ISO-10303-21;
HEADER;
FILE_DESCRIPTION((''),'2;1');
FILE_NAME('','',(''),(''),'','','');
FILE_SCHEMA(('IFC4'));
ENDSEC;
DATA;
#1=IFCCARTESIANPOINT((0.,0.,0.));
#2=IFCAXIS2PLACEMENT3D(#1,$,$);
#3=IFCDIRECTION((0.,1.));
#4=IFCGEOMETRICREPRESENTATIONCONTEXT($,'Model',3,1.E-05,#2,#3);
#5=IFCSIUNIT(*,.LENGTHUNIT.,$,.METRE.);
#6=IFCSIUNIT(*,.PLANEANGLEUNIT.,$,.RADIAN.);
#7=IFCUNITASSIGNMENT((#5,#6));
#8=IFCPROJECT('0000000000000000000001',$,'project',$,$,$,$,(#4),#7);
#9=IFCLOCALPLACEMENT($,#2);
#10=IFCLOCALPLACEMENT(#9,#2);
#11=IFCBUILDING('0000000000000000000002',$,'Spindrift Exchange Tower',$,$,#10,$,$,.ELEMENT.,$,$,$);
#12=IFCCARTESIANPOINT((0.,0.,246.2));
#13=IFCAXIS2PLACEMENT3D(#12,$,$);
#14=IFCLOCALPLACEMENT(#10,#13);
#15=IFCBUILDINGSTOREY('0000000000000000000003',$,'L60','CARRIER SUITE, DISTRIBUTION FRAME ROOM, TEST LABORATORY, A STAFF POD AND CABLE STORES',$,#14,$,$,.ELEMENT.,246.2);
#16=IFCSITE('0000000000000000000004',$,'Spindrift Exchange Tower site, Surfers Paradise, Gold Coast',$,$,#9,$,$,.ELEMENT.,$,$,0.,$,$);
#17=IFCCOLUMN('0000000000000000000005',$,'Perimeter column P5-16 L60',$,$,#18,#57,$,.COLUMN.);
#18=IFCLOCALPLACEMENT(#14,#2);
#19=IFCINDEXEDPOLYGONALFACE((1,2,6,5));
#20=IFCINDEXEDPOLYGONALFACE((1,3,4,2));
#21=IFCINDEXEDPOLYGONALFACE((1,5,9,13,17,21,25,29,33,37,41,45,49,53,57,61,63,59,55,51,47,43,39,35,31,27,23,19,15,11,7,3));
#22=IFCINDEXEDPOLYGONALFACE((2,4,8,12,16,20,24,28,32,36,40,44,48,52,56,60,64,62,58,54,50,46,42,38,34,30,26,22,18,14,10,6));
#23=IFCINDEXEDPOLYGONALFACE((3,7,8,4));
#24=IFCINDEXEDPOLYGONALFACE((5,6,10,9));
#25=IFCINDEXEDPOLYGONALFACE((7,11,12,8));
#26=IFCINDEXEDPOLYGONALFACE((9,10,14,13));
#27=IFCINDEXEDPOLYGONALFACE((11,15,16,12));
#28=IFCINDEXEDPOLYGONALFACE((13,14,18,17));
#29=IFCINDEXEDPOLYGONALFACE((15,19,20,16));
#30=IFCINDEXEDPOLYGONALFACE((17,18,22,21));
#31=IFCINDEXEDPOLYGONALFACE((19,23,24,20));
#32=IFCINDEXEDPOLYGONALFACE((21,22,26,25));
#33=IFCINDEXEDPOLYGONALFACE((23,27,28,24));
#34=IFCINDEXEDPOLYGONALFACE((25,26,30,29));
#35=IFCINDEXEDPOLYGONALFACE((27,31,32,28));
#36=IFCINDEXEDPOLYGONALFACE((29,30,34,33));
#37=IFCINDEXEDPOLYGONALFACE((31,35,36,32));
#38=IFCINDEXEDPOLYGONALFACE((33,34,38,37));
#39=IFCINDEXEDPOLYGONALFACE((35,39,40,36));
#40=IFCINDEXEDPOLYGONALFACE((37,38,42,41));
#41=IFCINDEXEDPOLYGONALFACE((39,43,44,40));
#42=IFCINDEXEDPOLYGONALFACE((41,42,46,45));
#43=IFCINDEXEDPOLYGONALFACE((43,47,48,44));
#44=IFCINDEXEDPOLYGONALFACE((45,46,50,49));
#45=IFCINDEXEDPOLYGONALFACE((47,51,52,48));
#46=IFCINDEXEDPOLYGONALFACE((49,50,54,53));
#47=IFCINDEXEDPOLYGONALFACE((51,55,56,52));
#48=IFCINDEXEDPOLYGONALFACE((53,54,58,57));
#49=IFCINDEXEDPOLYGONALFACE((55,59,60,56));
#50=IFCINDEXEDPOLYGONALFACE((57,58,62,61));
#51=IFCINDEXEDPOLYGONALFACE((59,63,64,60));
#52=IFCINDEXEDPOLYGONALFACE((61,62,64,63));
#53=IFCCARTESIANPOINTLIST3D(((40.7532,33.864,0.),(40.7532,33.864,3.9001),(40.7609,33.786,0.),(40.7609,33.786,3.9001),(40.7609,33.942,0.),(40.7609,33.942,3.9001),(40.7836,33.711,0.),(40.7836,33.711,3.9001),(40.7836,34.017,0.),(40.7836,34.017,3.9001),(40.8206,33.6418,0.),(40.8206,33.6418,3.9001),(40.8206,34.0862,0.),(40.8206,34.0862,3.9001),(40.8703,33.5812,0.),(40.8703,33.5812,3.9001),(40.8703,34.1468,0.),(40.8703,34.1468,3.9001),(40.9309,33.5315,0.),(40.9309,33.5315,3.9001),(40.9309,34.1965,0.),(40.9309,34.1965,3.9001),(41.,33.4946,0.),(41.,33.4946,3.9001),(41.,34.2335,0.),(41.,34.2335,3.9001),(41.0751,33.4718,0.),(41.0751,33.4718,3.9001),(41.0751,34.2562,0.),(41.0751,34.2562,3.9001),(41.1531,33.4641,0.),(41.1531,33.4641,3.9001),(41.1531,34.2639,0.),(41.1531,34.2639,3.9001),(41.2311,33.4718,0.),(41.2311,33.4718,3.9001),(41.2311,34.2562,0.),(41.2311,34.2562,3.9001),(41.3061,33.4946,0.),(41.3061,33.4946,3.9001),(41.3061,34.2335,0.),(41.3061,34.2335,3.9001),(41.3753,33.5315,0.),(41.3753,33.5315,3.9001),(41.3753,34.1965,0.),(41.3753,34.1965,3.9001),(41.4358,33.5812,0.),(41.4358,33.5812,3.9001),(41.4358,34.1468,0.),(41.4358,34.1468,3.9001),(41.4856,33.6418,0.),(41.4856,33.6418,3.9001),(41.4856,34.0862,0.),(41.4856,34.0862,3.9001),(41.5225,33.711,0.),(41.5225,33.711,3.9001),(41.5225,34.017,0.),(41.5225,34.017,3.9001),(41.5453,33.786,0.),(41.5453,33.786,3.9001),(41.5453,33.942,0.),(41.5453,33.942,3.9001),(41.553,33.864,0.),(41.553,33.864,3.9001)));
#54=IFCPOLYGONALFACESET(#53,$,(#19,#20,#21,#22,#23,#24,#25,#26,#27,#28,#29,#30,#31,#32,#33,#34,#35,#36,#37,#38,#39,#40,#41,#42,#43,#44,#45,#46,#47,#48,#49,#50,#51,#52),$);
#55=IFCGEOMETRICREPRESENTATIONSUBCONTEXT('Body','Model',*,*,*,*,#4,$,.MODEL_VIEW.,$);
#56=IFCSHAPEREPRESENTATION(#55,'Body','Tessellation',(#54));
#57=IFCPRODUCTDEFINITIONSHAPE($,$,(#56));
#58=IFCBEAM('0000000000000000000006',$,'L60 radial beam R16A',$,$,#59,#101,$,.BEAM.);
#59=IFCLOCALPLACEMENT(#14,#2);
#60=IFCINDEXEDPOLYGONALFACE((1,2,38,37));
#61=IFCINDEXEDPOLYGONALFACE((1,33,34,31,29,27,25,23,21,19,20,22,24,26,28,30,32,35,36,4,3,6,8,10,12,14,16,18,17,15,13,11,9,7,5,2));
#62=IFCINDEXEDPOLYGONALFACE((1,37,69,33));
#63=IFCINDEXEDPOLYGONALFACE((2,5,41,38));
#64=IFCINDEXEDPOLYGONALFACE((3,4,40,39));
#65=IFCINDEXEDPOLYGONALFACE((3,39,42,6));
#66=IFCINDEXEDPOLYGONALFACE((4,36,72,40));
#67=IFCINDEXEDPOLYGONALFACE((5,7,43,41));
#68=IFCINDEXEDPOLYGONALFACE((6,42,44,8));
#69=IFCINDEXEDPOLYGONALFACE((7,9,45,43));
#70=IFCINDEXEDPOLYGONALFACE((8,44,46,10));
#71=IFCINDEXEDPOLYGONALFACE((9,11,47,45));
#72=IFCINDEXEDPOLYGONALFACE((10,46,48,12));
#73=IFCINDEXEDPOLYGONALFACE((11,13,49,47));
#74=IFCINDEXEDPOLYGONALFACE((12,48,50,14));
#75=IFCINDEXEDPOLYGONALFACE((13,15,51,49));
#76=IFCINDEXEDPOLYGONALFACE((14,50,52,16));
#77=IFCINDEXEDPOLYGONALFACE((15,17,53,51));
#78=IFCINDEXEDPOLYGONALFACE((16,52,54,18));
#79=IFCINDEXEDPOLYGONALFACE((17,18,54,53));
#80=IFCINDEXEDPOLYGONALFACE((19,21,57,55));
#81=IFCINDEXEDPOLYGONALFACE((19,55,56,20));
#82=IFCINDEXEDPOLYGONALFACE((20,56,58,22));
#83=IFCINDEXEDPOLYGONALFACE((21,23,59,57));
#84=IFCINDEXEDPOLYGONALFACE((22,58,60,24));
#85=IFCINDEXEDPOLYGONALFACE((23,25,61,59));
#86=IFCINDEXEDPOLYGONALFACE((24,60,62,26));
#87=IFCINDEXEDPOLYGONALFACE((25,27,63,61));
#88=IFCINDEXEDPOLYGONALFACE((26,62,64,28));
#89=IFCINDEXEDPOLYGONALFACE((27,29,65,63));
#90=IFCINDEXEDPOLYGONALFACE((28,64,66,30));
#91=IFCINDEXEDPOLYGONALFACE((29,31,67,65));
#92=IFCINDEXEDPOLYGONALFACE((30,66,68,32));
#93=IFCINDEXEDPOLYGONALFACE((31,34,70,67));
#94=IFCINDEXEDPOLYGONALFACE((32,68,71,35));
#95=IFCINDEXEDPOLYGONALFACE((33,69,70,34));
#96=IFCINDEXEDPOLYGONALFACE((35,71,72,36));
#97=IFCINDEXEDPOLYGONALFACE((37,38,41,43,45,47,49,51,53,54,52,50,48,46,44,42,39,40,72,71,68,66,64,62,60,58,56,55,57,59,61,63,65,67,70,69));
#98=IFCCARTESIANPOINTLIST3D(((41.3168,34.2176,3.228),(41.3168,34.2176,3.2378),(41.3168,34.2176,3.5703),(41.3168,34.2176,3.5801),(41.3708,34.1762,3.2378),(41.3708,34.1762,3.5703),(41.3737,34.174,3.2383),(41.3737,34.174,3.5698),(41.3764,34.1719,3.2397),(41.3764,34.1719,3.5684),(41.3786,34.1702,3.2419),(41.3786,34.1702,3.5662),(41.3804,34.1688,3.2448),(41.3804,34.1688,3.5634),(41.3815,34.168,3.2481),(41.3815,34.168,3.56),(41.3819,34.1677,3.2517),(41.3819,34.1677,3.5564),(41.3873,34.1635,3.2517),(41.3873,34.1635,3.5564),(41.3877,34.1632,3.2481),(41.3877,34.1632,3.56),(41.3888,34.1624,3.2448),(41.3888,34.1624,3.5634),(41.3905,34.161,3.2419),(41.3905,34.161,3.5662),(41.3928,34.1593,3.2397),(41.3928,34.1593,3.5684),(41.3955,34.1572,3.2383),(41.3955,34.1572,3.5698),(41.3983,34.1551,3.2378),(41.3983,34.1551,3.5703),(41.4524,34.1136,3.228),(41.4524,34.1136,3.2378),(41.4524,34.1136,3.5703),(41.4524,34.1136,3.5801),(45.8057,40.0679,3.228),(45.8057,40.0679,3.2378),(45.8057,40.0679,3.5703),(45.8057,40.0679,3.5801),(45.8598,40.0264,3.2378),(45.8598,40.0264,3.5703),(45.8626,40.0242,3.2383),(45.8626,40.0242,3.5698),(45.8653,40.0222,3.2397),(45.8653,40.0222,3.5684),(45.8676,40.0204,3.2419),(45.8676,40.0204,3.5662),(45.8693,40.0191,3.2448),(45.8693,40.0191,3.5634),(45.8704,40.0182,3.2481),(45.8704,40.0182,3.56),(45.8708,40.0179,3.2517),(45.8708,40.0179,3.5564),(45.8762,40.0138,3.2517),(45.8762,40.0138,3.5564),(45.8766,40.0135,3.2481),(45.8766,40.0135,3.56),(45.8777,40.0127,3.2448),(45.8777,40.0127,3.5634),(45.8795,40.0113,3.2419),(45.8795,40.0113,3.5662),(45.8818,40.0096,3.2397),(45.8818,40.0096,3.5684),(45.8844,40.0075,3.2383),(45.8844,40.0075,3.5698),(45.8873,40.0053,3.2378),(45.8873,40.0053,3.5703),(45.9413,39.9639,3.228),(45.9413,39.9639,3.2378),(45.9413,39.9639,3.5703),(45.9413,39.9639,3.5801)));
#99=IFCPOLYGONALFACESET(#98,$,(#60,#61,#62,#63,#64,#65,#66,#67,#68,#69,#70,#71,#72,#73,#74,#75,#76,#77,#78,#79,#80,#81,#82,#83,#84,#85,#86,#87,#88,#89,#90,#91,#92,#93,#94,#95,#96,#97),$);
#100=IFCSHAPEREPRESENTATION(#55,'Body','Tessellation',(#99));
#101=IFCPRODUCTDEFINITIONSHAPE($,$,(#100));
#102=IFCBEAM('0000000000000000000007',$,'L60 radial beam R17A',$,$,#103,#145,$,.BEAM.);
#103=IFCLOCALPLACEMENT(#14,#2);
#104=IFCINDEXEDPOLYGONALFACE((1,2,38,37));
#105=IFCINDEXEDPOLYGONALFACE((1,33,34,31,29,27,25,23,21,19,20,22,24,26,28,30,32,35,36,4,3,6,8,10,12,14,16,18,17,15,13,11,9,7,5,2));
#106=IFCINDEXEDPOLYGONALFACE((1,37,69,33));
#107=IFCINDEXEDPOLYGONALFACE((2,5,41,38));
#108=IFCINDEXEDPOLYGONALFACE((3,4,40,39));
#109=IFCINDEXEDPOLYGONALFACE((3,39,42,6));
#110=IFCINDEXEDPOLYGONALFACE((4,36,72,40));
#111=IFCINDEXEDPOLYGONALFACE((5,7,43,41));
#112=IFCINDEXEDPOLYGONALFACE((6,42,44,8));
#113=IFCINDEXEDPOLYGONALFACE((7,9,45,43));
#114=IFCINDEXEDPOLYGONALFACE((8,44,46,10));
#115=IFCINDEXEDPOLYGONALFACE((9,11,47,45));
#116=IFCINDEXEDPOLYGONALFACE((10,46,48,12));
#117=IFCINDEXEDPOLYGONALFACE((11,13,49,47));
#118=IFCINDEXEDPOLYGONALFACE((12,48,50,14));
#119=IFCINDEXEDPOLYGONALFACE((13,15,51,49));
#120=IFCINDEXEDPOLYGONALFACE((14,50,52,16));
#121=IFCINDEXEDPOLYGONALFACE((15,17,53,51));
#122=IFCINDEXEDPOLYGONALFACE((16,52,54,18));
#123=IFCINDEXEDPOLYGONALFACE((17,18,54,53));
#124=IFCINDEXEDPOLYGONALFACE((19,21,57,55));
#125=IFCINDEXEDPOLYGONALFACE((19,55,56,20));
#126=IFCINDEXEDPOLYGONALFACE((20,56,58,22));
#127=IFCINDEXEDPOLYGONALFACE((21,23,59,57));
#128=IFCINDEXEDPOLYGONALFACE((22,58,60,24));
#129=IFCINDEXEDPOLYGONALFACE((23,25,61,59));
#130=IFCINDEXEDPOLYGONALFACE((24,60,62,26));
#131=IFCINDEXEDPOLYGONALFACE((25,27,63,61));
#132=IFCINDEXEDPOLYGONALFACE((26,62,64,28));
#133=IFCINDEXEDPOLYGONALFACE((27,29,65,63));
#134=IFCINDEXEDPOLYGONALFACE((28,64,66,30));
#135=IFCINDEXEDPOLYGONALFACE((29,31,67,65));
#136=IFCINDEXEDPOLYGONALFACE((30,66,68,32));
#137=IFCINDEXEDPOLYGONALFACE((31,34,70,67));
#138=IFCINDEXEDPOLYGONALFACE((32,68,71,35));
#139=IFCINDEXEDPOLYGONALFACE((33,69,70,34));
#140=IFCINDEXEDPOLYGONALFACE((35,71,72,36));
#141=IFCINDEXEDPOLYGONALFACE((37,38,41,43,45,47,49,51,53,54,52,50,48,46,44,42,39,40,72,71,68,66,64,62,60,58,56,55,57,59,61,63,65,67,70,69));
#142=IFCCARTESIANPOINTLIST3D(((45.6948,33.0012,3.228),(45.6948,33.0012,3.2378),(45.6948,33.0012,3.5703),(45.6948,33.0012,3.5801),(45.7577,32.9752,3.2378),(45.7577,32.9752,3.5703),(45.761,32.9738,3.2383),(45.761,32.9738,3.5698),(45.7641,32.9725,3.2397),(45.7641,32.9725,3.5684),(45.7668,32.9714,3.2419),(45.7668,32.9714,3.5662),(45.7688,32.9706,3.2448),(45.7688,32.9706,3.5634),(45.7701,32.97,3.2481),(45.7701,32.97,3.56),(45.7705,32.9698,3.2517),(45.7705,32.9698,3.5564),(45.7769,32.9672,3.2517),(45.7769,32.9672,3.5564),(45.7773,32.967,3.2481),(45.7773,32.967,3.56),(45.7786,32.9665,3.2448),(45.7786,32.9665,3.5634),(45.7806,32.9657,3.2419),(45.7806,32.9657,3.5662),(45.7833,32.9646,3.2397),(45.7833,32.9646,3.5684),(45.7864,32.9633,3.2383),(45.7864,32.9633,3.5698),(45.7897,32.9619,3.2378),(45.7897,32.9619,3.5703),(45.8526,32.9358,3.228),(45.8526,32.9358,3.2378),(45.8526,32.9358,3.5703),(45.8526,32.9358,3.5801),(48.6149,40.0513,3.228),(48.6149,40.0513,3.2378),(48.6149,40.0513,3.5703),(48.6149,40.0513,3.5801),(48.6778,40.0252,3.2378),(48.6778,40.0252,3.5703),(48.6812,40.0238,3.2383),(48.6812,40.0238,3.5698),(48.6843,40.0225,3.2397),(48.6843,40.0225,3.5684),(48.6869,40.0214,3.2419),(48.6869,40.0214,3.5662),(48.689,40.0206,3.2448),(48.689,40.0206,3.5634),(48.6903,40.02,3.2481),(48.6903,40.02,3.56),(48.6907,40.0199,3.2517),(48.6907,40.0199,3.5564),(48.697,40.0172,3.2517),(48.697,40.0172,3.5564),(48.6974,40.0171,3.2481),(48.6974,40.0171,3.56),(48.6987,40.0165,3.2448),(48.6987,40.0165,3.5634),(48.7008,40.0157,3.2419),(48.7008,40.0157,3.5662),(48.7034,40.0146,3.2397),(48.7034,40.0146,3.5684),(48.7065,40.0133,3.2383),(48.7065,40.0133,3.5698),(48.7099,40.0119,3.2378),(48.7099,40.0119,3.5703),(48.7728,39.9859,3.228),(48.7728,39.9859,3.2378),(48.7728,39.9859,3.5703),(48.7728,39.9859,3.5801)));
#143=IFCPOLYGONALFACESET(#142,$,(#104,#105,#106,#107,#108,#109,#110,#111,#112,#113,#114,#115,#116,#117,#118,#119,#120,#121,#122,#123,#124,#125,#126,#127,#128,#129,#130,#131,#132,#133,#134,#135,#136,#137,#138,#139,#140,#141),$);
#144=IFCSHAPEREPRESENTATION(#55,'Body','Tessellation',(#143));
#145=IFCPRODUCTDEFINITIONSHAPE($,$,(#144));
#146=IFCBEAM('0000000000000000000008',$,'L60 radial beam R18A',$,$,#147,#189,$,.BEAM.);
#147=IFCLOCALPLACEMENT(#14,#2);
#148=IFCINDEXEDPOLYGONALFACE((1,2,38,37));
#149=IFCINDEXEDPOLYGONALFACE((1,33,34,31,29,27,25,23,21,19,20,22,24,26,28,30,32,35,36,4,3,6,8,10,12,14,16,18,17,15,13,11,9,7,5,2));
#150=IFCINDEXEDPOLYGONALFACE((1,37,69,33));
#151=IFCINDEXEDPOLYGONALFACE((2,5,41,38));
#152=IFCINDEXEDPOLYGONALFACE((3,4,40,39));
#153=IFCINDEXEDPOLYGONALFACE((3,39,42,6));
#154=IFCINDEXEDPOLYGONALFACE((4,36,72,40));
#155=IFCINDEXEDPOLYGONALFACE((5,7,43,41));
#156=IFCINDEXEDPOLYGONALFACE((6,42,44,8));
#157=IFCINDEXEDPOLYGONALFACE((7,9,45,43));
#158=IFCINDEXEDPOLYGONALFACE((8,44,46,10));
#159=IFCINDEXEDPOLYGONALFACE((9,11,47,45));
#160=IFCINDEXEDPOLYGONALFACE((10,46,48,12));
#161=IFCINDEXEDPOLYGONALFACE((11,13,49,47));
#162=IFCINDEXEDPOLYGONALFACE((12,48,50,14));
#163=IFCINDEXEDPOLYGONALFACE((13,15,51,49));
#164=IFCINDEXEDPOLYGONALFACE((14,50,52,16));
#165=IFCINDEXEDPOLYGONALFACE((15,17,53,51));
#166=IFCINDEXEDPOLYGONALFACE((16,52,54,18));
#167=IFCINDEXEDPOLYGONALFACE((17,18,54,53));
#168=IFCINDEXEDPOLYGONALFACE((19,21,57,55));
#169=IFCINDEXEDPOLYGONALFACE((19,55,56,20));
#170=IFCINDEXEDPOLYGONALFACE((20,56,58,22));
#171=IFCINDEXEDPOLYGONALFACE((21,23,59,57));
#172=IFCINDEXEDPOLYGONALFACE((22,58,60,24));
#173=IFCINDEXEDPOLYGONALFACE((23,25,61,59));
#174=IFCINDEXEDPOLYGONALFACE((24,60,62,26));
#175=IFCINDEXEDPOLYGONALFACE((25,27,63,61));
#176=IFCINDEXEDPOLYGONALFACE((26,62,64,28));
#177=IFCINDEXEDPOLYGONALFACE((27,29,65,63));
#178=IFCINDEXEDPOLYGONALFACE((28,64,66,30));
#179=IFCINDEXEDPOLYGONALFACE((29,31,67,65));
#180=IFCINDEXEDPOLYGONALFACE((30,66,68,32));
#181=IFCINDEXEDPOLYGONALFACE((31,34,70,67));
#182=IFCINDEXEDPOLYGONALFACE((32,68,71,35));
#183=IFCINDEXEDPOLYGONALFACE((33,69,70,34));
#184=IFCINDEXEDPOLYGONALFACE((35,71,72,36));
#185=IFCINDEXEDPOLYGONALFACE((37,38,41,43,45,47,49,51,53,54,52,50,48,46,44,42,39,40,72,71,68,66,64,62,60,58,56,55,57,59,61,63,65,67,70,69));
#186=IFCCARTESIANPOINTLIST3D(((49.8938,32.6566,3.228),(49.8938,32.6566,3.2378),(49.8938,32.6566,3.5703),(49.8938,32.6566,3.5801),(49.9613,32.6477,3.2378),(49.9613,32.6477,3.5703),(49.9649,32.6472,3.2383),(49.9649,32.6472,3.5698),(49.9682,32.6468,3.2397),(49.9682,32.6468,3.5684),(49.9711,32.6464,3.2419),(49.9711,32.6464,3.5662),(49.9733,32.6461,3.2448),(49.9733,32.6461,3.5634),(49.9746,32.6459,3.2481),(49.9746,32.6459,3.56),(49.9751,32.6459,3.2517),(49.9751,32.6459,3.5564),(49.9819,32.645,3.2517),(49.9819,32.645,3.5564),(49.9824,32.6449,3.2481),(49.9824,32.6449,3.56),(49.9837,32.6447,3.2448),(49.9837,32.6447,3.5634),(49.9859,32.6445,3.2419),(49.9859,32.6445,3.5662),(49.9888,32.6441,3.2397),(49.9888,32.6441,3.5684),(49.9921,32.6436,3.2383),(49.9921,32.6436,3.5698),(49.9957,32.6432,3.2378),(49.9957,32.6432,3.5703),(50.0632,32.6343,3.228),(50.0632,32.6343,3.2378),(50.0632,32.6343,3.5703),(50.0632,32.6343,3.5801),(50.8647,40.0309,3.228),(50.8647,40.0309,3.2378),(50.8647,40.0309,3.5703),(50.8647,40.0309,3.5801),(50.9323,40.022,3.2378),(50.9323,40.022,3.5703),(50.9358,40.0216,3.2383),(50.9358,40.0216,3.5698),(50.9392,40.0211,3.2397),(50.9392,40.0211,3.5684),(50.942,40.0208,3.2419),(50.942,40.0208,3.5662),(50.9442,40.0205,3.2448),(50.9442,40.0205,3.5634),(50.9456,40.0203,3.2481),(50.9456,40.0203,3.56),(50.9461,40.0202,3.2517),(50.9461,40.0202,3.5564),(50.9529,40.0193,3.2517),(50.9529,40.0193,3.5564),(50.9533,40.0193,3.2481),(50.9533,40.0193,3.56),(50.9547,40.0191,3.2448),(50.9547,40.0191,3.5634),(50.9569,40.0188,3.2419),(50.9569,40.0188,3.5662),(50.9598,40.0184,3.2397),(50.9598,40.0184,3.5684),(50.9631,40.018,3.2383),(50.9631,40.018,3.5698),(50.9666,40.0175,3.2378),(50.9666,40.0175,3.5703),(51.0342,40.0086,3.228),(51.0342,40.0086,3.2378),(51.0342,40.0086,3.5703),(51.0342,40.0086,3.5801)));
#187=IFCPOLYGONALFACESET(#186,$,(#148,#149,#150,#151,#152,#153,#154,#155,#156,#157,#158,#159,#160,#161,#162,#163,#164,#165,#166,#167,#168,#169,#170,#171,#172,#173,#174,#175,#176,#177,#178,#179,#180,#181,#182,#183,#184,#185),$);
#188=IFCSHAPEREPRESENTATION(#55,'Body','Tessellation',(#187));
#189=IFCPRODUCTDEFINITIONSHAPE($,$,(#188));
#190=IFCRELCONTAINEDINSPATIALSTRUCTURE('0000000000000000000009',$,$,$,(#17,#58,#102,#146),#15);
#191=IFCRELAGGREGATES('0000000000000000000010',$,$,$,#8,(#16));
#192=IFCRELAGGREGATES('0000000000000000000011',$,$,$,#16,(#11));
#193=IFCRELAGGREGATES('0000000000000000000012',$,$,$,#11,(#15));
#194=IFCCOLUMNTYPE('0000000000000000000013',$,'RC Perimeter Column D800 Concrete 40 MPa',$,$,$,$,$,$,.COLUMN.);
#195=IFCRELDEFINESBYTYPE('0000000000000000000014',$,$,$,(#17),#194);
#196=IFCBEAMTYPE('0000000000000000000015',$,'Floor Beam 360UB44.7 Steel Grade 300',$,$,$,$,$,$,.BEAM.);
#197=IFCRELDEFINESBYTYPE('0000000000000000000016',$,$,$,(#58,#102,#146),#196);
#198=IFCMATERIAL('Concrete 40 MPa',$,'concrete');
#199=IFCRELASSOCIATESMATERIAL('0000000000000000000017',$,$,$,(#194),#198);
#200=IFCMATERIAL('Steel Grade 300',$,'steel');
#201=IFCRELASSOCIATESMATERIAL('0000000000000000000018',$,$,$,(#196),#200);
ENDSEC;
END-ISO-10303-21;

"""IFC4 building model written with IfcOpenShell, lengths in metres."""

from ifc_helpers import new_model, si_unit, direction, frame, origin, origin_2d, place, context, subcontext, project, spatial, circle, i_section, extrude, source, transform, mapped, material, material_profile, profile_set, type_object, element, save


model = new_model("IFC4")

# Units and contexts
model_context = context("Model", 3, precision=1e-05, world=origin(), true_north=direction((0.0, 1.0)))
body_context = subcontext(model_context, "Body", "Model", "MODEL_VIEW")
ifc_project = project(units=[si_unit("LENGTHUNIT", "METRE"), si_unit("PLANEANGLEUNIT", "RADIAN")], contexts=[model_context])

# Site, building, storey
site_placement = place(None, origin())
site = spatial("IfcSite", under=ifc_project, at=site_placement, Name="Spindrift Exchange Tower site, Surfers Paradise, Gold Coast", CompositionType="ELEMENT", RefElevation=0.0)
building_placement = place(site_placement, origin())
building = spatial("IfcBuilding", under=site, at=building_placement, Name="Spindrift Exchange Tower", CompositionType="ELEMENT")
storey_placement = place(building_placement, frame((0.0, 0.0, 246.2)))
storey = spatial("IfcBuildingStorey", under=building, at=storey_placement, Name="L60", Description="CARRIER SUITE, DISTRIBUTION FRAME ROOM, TEST LABORATORY, A STAFF POD AND CABLE STORES", CompositionType="ELEMENT", Elevation=246.2)

# Column
ifc_material_1 = material(Name="Concrete 40 MPa", Category="concrete")
ifc_material_profile_1 = material_profile(ifc_material_1, circle(Radius=0.3999, at=origin_2d()), Name="RC D800")
ifc_profile_set_1 = profile_set([ifc_material_profile_1], Name="Concrete 40 MPa")
column_type = type_object("IfcColumnType", Name="RC Perimeter Column D800 Concrete 40 MPa", PredefinedType="COLUMN", material=ifc_profile_set_1)
shared_shape_1 = source(origin(), body_context, "Body", "SweptSolid", [
    extrude(circle(Radius=0.3999, at=origin_2d()), origin(), (0.0, 0.0, 1.0), 3.9001),
])
column_placement = place(storey_placement, frame((41.1531, 33.864, 0.0), z_axis=(0.0, 0.0, 1.0), x_axis=(1.0, 0.0, 0.0)))
element("IfcColumn", 1, at=column_placement, inside=storey, type_object=column_type, Name="Perimeter column P5-16 L60", PredefinedType="COLUMN", context=body_context, shape_type="MappedRepresentation", body=[
    mapped(shared_shape_1, transform((0.0, 0.0, 0.0), scale=1.0)),
])

# Beams
ifc_material_2 = material(Name="Steel Grade 300", Category="steel")
ifc_material_profile_2 = material_profile(ifc_material_2, i_section(OverallWidth=0.1709, OverallDepth=0.3521, WebThickness=0.0068, FlangeThickness=0.0098, FilletRadius=0.0139, at=origin_2d()), Name="360UB44.7")
ifc_profile_set_2 = profile_set([ifc_material_profile_2], Name="Steel Grade 300")
beam_type_1 = type_object("IfcBeamType", Name="Floor Beam 360UB44.7 Steel Grade 300", PredefinedType="BEAM", material=ifc_profile_set_2)
shared_shape_2 = source(origin(), body_context, "Body", "SweptSolid", [
    extrude(i_section(OverallWidth=0.1709, OverallDepth=0.3521, WebThickness=0.0068, FlangeThickness=0.0098, FilletRadius=0.0139, at=origin_2d()), origin(), (0.0, 0.0, 1.0), 7.374),
])
beam_1_placement = place(storey_placement, frame((45.8735, 40.0159, 3.4041), z_axis=(-0.608752, -0.793361, 0.0), x_axis=(0.793361, -0.608752, 0.0)))
element("IfcBeam", 2, at=beam_1_placement, inside=storey, type_object=beam_type_1, Name="L60 radial beam R16A", PredefinedType="BEAM", context=body_context, shape_type="MappedRepresentation", body=[
    mapped(shared_shape_2, transform((0.0, 0.0, 0.0), scale=1.0)),
])
shared_shape_3 = source(origin(), body_context, "Body", "SweptSolid", [
    extrude(i_section(OverallWidth=0.1709, OverallDepth=0.3521, WebThickness=0.0068, FlangeThickness=0.0098, FilletRadius=0.0139, at=origin_2d()), origin(), (0.0, 0.0, 1.0), 7.6309),
])
beam_2_placement = place(storey_placement, frame((48.6938, 40.0186, 3.4041), z_axis=(-0.382677, -0.923882, 0.0), x_axis=(0.923882, -0.382677, 0.0)))
element("IfcBeam", 3, at=beam_2_placement, inside=storey, type_object=beam_type_1, Name="L60 radial beam R17A", PredefinedType="BEAM", context=body_context, shape_type="MappedRepresentation", body=[
    mapped(shared_shape_3, transform((0.0, 0.0, 0.0), scale=1.0)),
])
shared_shape_4 = source(origin(), body_context, "Body", "SweptSolid", [
    extrude(i_section(OverallWidth=0.1709, OverallDepth=0.3521, WebThickness=0.0068, FlangeThickness=0.0098, FilletRadius=0.0139, at=origin_2d()), origin(), (0.0, 0.0, 1.0), 7.438),
])
beam_3_placement = place(storey_placement, frame((50.9495, 40.0198, 3.4041), z_axis=(-0.13054, -0.991443, 0.0), x_axis=(0.991443, -0.13054, 0.0)))
element("IfcBeam", 4, at=beam_3_placement, inside=storey, type_object=beam_type_1, Name="L60 radial beam R18A", PredefinedType="BEAM", context=body_context, shape_type="MappedRepresentation", body=[
    mapped(shared_shape_4, transform((0.0, 0.0, 0.0), scale=1.0)),
])

save(model, "model.ifc")
